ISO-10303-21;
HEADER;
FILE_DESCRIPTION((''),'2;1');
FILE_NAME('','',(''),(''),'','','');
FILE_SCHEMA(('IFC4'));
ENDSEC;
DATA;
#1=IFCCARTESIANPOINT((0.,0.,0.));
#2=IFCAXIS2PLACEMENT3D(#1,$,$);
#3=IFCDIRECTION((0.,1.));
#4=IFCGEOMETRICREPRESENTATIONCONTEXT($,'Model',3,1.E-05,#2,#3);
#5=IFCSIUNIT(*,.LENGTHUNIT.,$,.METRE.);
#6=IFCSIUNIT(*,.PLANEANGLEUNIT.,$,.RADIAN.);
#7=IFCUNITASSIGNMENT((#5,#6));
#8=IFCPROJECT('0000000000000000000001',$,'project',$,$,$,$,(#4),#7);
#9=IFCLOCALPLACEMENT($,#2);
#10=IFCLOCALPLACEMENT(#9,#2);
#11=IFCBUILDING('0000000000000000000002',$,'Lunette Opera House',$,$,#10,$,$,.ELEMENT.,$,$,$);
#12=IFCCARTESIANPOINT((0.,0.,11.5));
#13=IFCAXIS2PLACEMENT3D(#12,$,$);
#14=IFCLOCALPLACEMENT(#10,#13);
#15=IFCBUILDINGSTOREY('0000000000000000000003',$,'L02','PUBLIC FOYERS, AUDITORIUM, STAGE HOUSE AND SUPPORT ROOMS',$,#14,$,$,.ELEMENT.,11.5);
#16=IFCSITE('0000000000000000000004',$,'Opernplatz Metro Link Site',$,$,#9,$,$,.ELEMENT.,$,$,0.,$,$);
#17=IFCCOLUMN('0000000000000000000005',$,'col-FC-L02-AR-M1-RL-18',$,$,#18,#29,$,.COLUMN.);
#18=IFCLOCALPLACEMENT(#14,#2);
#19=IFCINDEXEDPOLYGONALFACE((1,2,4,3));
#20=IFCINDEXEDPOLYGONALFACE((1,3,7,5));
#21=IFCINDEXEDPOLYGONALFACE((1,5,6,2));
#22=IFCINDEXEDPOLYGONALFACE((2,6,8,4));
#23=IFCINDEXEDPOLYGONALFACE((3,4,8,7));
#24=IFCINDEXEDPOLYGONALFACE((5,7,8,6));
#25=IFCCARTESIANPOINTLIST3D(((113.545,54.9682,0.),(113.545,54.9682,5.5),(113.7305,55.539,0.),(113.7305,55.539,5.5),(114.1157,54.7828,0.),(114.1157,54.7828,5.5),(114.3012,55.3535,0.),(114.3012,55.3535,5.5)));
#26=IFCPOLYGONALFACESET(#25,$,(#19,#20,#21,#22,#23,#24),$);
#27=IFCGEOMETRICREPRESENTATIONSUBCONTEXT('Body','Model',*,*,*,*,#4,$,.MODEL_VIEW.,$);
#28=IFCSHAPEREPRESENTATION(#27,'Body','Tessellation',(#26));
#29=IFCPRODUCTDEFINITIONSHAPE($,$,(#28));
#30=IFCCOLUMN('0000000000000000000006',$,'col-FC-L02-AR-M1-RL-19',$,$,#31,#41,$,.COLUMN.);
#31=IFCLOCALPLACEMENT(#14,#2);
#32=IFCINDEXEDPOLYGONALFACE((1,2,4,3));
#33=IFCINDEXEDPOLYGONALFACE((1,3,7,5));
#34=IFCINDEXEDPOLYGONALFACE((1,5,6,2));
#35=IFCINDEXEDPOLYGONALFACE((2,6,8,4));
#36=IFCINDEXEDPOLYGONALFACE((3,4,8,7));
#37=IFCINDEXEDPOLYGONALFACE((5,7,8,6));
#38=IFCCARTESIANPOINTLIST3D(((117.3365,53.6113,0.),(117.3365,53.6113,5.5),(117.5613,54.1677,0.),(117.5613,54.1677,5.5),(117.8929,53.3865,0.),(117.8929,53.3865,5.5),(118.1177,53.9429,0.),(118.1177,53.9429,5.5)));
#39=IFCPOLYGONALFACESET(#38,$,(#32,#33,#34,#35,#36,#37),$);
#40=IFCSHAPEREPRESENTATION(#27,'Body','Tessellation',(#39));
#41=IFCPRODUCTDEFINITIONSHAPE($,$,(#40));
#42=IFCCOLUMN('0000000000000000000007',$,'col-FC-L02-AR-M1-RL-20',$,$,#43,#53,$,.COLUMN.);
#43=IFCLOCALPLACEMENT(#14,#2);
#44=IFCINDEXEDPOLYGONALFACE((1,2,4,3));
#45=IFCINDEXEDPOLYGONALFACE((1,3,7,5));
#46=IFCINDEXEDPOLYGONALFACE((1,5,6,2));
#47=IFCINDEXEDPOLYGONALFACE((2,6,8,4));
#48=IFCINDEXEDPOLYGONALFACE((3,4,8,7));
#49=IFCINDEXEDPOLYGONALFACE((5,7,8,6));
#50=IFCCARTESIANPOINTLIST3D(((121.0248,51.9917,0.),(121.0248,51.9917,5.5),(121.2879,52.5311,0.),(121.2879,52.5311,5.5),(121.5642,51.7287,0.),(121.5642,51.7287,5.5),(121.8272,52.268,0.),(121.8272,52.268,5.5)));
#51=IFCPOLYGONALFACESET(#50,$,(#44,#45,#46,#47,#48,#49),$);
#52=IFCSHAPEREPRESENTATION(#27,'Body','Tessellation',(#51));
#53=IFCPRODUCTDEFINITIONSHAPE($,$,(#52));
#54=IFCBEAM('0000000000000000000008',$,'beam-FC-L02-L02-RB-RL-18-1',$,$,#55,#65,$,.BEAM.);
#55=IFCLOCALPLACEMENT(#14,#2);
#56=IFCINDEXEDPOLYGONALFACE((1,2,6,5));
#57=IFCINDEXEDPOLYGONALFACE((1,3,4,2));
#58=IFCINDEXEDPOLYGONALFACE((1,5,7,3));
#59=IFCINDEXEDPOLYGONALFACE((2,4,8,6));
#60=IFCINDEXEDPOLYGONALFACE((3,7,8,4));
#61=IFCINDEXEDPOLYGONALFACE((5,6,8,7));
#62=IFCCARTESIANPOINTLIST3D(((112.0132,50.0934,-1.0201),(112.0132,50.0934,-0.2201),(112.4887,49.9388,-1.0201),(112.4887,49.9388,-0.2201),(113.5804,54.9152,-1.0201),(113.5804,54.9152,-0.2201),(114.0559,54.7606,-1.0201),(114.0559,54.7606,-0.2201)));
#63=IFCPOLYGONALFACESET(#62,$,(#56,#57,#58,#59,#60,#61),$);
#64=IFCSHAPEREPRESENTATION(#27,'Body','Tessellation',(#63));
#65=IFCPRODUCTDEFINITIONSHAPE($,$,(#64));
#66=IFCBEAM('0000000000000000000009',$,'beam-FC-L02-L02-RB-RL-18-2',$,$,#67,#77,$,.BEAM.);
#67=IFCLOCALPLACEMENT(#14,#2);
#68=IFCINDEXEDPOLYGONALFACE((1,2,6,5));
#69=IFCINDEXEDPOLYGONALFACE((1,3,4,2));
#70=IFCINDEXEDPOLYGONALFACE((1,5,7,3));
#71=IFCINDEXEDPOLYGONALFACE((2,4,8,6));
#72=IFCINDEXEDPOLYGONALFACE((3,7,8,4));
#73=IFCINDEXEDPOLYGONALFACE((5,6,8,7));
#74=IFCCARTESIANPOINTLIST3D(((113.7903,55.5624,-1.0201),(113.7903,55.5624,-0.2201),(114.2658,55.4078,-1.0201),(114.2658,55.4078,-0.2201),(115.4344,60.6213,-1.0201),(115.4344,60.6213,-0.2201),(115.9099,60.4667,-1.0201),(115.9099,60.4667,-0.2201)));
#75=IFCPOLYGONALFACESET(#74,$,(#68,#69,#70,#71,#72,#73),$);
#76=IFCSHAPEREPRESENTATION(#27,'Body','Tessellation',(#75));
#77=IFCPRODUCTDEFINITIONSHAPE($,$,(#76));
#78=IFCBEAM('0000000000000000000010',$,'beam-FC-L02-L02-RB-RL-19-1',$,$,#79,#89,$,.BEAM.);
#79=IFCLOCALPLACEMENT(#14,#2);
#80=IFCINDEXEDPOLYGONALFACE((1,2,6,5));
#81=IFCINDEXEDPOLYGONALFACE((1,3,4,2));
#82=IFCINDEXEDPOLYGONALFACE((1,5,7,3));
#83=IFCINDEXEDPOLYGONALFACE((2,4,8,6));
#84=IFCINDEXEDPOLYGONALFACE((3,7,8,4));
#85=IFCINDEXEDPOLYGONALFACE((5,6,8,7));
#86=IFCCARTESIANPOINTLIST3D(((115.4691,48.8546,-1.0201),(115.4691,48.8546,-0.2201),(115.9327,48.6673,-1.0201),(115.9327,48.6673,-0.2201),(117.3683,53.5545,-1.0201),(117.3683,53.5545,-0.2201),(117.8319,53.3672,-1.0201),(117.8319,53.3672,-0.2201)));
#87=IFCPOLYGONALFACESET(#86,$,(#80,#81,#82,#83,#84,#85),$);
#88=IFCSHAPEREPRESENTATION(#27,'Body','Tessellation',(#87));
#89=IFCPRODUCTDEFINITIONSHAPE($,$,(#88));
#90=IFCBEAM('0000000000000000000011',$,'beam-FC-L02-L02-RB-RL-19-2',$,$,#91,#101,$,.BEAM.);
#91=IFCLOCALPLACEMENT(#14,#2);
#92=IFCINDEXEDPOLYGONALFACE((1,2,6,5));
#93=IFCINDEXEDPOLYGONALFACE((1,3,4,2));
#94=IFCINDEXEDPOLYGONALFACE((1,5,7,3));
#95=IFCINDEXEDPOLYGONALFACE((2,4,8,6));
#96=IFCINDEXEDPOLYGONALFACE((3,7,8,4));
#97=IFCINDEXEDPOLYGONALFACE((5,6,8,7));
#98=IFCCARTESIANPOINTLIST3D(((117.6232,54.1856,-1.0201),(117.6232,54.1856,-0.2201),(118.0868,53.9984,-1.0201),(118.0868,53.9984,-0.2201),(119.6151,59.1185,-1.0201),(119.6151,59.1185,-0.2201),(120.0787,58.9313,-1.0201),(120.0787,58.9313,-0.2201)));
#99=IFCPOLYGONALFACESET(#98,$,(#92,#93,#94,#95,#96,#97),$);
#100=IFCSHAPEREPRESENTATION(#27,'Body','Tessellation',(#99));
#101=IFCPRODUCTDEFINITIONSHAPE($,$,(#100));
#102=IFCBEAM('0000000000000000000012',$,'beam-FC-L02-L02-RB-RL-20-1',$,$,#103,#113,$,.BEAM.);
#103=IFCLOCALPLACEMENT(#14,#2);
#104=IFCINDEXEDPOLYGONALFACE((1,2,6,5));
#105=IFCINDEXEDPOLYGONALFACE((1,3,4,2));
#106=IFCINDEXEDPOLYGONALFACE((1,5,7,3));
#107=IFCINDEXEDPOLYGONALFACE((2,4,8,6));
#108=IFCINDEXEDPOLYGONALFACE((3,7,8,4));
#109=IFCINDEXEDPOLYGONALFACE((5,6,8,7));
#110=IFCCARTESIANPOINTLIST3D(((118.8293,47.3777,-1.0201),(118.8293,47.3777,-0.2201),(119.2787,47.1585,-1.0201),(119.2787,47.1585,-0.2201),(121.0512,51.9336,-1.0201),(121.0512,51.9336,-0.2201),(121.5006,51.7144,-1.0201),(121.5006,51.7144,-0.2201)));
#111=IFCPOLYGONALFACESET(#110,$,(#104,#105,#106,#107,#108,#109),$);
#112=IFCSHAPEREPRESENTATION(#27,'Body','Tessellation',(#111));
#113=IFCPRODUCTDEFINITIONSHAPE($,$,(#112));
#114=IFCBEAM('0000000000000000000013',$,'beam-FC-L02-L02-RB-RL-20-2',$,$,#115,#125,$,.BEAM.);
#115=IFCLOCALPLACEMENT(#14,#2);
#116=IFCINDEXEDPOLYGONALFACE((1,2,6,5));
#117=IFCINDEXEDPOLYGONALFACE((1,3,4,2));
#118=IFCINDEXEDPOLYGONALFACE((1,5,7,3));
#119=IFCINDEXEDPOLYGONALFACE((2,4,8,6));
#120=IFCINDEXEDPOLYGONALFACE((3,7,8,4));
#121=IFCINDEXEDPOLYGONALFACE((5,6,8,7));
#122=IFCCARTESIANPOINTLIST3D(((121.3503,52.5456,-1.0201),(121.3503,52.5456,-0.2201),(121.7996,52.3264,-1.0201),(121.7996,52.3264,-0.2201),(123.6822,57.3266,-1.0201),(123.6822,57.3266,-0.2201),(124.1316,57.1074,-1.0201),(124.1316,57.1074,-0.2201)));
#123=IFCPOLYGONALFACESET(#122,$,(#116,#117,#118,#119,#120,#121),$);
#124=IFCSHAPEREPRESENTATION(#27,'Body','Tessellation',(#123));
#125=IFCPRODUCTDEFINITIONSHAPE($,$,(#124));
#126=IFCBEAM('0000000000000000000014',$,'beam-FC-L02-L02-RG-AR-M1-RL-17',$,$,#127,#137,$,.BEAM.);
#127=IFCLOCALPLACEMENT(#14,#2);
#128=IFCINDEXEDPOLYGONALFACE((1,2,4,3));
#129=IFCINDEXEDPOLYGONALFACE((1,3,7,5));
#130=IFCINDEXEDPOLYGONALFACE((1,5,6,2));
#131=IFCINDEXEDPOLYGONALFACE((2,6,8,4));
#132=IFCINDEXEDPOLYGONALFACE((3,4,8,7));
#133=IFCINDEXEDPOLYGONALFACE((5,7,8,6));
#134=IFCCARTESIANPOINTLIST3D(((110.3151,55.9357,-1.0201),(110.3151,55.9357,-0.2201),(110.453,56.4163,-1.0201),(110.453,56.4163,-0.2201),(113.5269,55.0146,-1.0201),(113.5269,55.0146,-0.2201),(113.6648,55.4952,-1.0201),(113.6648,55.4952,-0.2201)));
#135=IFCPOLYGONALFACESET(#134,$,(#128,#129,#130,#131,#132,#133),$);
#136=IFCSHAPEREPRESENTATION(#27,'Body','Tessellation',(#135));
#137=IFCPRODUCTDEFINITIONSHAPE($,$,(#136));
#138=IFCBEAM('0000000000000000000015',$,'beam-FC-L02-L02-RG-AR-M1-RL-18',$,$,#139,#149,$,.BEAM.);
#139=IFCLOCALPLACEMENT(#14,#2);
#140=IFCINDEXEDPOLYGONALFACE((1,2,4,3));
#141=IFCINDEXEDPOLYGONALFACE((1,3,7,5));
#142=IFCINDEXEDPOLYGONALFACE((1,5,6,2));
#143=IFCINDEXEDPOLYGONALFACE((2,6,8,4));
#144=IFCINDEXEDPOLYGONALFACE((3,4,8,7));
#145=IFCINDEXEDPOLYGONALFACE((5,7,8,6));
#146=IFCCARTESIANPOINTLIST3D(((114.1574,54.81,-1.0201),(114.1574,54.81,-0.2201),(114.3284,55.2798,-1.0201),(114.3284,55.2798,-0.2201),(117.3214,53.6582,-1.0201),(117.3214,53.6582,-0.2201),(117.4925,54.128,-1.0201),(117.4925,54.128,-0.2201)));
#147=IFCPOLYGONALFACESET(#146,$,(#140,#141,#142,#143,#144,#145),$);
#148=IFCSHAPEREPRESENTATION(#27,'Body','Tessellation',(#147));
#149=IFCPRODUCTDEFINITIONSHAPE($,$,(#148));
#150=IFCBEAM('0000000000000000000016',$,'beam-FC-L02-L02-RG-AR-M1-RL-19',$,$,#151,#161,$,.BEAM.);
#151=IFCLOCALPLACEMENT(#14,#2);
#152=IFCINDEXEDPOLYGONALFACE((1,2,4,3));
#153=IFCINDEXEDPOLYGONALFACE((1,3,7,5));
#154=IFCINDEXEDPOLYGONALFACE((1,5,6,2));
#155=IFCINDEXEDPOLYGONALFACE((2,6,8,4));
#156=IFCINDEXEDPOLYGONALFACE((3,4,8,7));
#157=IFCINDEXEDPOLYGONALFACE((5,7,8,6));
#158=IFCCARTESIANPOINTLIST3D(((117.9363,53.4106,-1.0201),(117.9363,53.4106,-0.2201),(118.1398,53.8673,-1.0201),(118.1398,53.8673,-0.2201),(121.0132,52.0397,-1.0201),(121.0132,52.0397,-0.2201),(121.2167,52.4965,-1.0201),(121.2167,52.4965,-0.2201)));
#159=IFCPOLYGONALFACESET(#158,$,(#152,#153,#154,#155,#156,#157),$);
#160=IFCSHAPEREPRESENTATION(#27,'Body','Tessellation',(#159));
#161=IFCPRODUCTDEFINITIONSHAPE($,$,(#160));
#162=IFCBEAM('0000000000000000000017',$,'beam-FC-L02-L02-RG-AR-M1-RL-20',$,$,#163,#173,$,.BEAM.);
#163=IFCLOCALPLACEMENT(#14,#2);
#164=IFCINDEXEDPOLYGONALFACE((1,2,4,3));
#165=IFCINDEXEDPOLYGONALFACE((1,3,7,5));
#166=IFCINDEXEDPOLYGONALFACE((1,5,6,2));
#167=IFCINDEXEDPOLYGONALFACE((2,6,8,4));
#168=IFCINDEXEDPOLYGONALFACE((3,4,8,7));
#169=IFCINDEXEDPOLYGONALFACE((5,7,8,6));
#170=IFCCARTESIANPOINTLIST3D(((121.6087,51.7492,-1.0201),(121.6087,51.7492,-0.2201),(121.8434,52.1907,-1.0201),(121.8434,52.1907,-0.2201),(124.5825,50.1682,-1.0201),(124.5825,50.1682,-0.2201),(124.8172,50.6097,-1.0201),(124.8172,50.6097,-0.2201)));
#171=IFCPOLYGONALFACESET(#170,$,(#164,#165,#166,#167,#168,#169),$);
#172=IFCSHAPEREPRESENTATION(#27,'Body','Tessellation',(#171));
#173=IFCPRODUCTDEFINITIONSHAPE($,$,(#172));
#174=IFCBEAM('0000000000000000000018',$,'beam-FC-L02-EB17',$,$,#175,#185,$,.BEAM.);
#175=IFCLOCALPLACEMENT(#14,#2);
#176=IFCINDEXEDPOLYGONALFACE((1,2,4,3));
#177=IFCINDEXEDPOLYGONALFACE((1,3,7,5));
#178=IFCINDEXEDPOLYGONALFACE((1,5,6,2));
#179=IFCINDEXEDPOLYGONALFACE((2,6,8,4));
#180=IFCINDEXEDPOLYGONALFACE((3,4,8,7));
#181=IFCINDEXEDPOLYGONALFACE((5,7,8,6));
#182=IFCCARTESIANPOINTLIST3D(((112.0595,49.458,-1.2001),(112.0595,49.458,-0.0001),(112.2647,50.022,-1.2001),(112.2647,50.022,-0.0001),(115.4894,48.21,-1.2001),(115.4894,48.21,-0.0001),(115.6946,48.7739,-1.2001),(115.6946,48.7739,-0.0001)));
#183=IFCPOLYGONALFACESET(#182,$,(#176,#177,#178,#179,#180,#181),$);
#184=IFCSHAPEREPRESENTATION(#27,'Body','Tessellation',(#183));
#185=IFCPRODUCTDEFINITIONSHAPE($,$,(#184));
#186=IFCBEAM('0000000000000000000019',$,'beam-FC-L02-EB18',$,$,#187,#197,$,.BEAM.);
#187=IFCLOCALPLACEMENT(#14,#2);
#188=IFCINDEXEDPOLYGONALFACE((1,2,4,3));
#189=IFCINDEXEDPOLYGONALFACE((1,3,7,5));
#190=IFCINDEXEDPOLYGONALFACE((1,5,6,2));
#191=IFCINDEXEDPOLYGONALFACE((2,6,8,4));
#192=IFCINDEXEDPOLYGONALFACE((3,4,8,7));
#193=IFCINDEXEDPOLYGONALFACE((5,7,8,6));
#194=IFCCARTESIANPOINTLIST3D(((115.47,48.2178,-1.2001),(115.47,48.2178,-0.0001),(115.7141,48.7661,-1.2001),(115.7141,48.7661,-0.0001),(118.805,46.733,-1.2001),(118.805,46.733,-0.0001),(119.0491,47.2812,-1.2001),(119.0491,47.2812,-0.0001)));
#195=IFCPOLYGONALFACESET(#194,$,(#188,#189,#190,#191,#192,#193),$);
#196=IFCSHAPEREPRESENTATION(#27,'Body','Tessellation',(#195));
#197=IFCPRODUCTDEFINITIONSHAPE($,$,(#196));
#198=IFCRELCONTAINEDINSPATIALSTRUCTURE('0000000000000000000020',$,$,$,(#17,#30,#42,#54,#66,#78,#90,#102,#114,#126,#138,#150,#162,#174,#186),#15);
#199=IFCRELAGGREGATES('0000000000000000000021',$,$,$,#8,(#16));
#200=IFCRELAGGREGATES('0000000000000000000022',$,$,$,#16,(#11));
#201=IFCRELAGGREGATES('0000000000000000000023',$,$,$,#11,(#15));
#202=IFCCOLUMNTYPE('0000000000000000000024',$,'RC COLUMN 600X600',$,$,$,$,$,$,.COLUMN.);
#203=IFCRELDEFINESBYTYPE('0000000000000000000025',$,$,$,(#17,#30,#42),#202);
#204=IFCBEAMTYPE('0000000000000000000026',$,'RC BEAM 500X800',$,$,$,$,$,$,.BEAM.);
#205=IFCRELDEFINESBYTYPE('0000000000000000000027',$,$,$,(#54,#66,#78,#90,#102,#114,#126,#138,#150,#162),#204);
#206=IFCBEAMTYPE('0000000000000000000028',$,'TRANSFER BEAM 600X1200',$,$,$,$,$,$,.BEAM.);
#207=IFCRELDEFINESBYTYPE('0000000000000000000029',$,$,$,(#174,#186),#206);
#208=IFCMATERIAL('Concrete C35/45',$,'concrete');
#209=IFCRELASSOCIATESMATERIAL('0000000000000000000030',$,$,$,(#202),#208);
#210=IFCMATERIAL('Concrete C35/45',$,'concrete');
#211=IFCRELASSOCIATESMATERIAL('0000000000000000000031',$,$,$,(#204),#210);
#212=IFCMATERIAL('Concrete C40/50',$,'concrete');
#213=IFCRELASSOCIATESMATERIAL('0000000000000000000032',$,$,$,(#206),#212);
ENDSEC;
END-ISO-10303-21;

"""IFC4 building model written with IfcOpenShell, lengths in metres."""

from ifc_helpers import new_model, si_unit, direction, frame, origin, origin_2d, place, context, subcontext, project, spatial, rectangle, extrude, material, material_profile, profile_set, type_object, element, save


model = new_model("IFC4")

# Units and contexts
model_context = context("Model", 3, precision=1e-05, world=origin(), true_north=direction((0.0, 1.0)))
body_context = subcontext(model_context, "Body", "Model", "MODEL_VIEW")
ifc_project = project(units=[si_unit("LENGTHUNIT", "METRE"), si_unit("PLANEANGLEUNIT", "RADIAN")], contexts=[model_context])

# Site, building, storey
site_placement = place(None, origin())
site = spatial("IfcSite", under=ifc_project, at=site_placement, Name="Opernplatz Metro Link Site", CompositionType="ELEMENT", RefElevation=0.0)
building_placement = place(site_placement, origin())
building = spatial("IfcBuilding", under=site, at=building_placement, Name="Lunette Opera House", CompositionType="ELEMENT")
storey_placement = place(building_placement, frame((0.0, 0.0, 11.5)))
storey = spatial("IfcBuildingStorey", under=building, at=storey_placement, Name="L02", Description="PUBLIC FOYERS, AUDITORIUM, STAGE HOUSE AND SUPPORT ROOMS", CompositionType="ELEMENT", Elevation=11.5)

# Columns
ifc_material_1 = material(Name="Concrete C35/45", Category="concrete")
ifc_material_profile_1 = material_profile(ifc_material_1, rectangle(XDim=0.6001, YDim=0.6001, at=origin_2d()), Name="RC COLUMN 600X600")
ifc_profile_set_1 = profile_set([ifc_material_profile_1], Name="Concrete C35/45")
column_type = type_object("IfcColumnType", Name="RC COLUMN 600X600", PredefinedType="COLUMN", material=ifc_profile_set_1)
for number, where, z_axis, x_axis, name in (
    (1, (113.9231, 55.1609, 0.0), (0.0, 0.0, 1.0), (0.951057, -0.309017, 0.0), "col-FC-L02-AR-M1-RL-18"),
    (2, (117.7271, 53.7771, 0.0), (0.0, 0.0, 1.0), (0.927184, -0.374607, 0.0), "col-FC-L02-AR-M1-RL-19"),
    (3, (121.426, 52.1299, 0.0), (0.0, 0.0, 1.0), (0.898794, -0.438371, 0.0), "col-FC-L02-AR-M1-RL-20"),
):
    element("IfcColumn", number, at=place(storey_placement, frame(where, z_axis=z_axis, x_axis=x_axis)), inside=storey, type_object=column_type, Name=name, PredefinedType="COLUMN", context=body_context, shape_type="SweptSolid", body=[
        extrude(rectangle(XDim=0.6001, YDim=0.6001, at=origin_2d()), origin(), (0.0, 0.0, 1.0), 5.5),
    ])

# Beams
ifc_material_2 = material(Name="Concrete C35/45", Category="concrete")
ifc_material_profile_2 = material_profile(ifc_material_2, rectangle(XDim=0.5, YDim=0.8, at=origin_2d()), Name="RC BEAM 500X800")
ifc_profile_set_2 = profile_set([ifc_material_profile_2], Name="Concrete C35/45")
beam_type_1 = type_object("IfcBeamType", Name="RC BEAM 500X800", PredefinedType="BEAM", material=ifc_profile_set_2)
beam_1_placement = place(storey_placement, frame((112.251, 50.0161, -0.6201), z_axis=(0.309097, 0.951031, 0.0), x_axis=(-0.951031, 0.309097, 0.0)))
element("IfcBeam", 4, at=beam_1_placement, inside=storey, type_object=beam_type_1, Name="beam-FC-L02-L02-RB-RL-18-1", PredefinedType="BEAM", context=body_context, shape_type="SweptSolid", body=[
    extrude(rectangle(XDim=0.5, YDim=0.8, at=origin_2d()), origin(), (0.0, 0.0, 1.0), 5.0701),
])
beam_2_placement = place(storey_placement, frame((114.0281, 55.4851, -0.6201), z_axis=(0.309073, 0.951038, 0.0), x_axis=(-0.951038, 0.309073, 0.0)))
element("IfcBeam", 5, at=beam_2_placement, inside=storey, type_object=beam_type_1, Name="beam-FC-L02-L02-RB-RL-18-2", PredefinedType="BEAM", context=body_context, shape_type="SweptSolid", body=[
    extrude(rectangle(XDim=0.5, YDim=0.8, at=origin_2d()), origin(), (0.0, 0.0, 1.0), 5.3193),
])
beam_3_placement = place(storey_placement, frame((115.7009, 48.761, -0.6201), z_axis=(0.374652, 0.927166, 0.0), x_axis=(-0.927166, 0.374652, 0.0)))
element("IfcBeam", 6, at=beam_3_placement, inside=storey, type_object=beam_type_1, Name="beam-FC-L02-L02-RB-RL-19-1", PredefinedType="BEAM", context=body_context, shape_type="SweptSolid", body=[
    extrude(rectangle(XDim=0.5, YDim=0.8, at=origin_2d()), origin(), (0.0, 0.0, 1.0), 5.0691),
])
beam_4_placement = place(storey_placement, frame((117.855, 54.092, -0.6201), z_axis=(0.374435, 0.927253, 0.0), x_axis=(-0.927253, 0.374435, 0.0)))
element("IfcBeam", 7, at=beam_4_placement, inside=storey, type_object=beam_type_1, Name="beam-FC-L02-L02-RB-RL-19-2", PredefinedType="BEAM", context=body_context, shape_type="SweptSolid", body=[
    extrude(rectangle(XDim=0.5, YDim=0.8, at=origin_2d()), origin(), (0.0, 0.0, 1.0), 5.3198),
])
beam_5_placement = place(storey_placement, frame((119.054, 47.2681, -0.6201), z_axis=(0.438349, 0.898805, 0.0), x_axis=(-0.898805, 0.438349, 0.0)))
element("IfcBeam", 8, at=beam_5_placement, inside=storey, type_object=beam_type_1, Name="beam-FC-L02-L02-RB-RL-20-1", PredefinedType="BEAM", context=body_context, shape_type="SweptSolid", body=[
    extrude(rectangle(XDim=0.5, YDim=0.8, at=origin_2d()), origin(), (0.0, 0.0, 1.0), 5.0688),
])
beam_6_placement = place(storey_placement, frame((121.575, 52.436, -0.6201), z_axis=(0.438398, 0.898781, 0.0), x_axis=(-0.898781, 0.438398, 0.0)))
element("IfcBeam", 9, at=beam_6_placement, inside=storey, type_object=beam_type_1, Name="beam-FC-L02-L02-RB-RL-20-2", PredefinedType="BEAM", context=body_context, shape_type="SweptSolid", body=[
    extrude(rectangle(XDim=0.5, YDim=0.8, at=origin_2d()), origin(), (0.0, 0.0, 1.0), 5.3193),
])
beam_7_placement = place(storey_placement, frame((110.384, 56.176, -0.6201), z_axis=(0.961251, -0.275676, 0.0), x_axis=(0.275676, 0.961251, 0.0)))
element("IfcBeam", 10, at=beam_7_placement, inside=storey, type_object=beam_type_1, Name="beam-FC-L02-L02-RG-AR-M1-RL-17", PredefinedType="BEAM", context=body_context, shape_type="SweptSolid", body=[
    extrude(rectangle(XDim=0.5, YDim=0.8, at=origin_2d()), origin(), (0.0, 0.0, 1.0), 3.3413),
])
beam_8_placement = place(storey_placement, frame((114.2429, 55.0449, -0.6201), z_axis=(0.939671, -0.342081, 0.0), x_axis=(0.342081, 0.939671, 0.0)))
element("IfcBeam", 11, at=beam_8_placement, inside=storey, type_object=beam_type_1, Name="beam-FC-L02-L02-RG-AR-M1-RL-18", PredefinedType="BEAM", context=body_context, shape_type="SweptSolid", body=[
    extrude(rectangle(XDim=0.5, YDim=0.8, at=origin_2d()), origin(), (0.0, 0.0, 1.0), 3.3672),
])
beam_9_placement = place(storey_placement, frame((118.0381, 53.6389, -0.6201), z_axis=(0.913444, -0.406965, 0.0), x_axis=(0.406965, 0.913444, 0.0)))
element("IfcBeam", 12, at=beam_9_placement, inside=storey, type_object=beam_type_1, Name="beam-FC-L02-L02-RG-AR-M1-RL-19", PredefinedType="BEAM", context=body_context, shape_type="SweptSolid", body=[
    extrude(rectangle(XDim=0.5, YDim=0.8, at=origin_2d()), origin(), (0.0, 0.0, 1.0), 3.3684),
])
beam_10_placement = place(storey_placement, frame((121.7261, 51.97, -0.6201), z_axis=(0.88297, -0.469429, 0.0), x_axis=(0.469429, 0.88297, 0.0)))
element("IfcBeam", 13, at=beam_10_placement, inside=storey, type_object=beam_type_1, Name="beam-FC-L02-L02-RG-AR-M1-RL-20", PredefinedType="BEAM", context=body_context, shape_type="SweptSolid", body=[
    extrude(rectangle(XDim=0.5, YDim=0.8, at=origin_2d()), origin(), (0.0, 0.0, 1.0), 3.3679),
])
ifc_material_3 = material(Name="Concrete C40/50", Category="concrete")
ifc_material_profile_3 = material_profile(ifc_material_3, rectangle(XDim=0.6001, YDim=1.2, at=origin_2d()), Name="TRANSFER BEAM 600X1200")
ifc_profile_set_3 = profile_set([ifc_material_profile_3], Name="Concrete C40/50")
beam_type_2 = type_object("IfcBeamType", Name="TRANSFER BEAM 600X1200", PredefinedType="BEAM", material=ifc_profile_set_3)
beam_11_placement = place(storey_placement, frame((112.1621, 49.74, -0.6001), z_axis=(0.939723, -0.341936, 0.0), x_axis=(0.341936, 0.939723, 0.0)))
element("IfcBeam", 14, at=beam_11_placement, inside=storey, type_object=beam_type_2, Name="beam-FC-L02-EB17", PredefinedType="BEAM", context=body_context, shape_type="SweptSolid", body=[
    extrude(rectangle(XDim=0.6001, YDim=1.2, at=origin_2d()), origin(), (0.0, 0.0, 1.0), 3.6499),
])
beam_12_placement = place(storey_placement, frame((115.592, 48.4919, -0.6001), z_axis=(0.913541, -0.406746, 0.0), x_axis=(0.406746, 0.913541, 0.0)))
element("IfcBeam", 15, at=beam_12_placement, inside=storey, type_object=beam_type_2, Name="beam-FC-L02-EB18", PredefinedType="BEAM", context=body_context, shape_type="SweptSolid", body=[
    extrude(rectangle(XDim=0.6001, YDim=1.2, at=origin_2d()), origin(), (0.0, 0.0, 1.0), 3.6506),
])

save(model, "model.ifc")
